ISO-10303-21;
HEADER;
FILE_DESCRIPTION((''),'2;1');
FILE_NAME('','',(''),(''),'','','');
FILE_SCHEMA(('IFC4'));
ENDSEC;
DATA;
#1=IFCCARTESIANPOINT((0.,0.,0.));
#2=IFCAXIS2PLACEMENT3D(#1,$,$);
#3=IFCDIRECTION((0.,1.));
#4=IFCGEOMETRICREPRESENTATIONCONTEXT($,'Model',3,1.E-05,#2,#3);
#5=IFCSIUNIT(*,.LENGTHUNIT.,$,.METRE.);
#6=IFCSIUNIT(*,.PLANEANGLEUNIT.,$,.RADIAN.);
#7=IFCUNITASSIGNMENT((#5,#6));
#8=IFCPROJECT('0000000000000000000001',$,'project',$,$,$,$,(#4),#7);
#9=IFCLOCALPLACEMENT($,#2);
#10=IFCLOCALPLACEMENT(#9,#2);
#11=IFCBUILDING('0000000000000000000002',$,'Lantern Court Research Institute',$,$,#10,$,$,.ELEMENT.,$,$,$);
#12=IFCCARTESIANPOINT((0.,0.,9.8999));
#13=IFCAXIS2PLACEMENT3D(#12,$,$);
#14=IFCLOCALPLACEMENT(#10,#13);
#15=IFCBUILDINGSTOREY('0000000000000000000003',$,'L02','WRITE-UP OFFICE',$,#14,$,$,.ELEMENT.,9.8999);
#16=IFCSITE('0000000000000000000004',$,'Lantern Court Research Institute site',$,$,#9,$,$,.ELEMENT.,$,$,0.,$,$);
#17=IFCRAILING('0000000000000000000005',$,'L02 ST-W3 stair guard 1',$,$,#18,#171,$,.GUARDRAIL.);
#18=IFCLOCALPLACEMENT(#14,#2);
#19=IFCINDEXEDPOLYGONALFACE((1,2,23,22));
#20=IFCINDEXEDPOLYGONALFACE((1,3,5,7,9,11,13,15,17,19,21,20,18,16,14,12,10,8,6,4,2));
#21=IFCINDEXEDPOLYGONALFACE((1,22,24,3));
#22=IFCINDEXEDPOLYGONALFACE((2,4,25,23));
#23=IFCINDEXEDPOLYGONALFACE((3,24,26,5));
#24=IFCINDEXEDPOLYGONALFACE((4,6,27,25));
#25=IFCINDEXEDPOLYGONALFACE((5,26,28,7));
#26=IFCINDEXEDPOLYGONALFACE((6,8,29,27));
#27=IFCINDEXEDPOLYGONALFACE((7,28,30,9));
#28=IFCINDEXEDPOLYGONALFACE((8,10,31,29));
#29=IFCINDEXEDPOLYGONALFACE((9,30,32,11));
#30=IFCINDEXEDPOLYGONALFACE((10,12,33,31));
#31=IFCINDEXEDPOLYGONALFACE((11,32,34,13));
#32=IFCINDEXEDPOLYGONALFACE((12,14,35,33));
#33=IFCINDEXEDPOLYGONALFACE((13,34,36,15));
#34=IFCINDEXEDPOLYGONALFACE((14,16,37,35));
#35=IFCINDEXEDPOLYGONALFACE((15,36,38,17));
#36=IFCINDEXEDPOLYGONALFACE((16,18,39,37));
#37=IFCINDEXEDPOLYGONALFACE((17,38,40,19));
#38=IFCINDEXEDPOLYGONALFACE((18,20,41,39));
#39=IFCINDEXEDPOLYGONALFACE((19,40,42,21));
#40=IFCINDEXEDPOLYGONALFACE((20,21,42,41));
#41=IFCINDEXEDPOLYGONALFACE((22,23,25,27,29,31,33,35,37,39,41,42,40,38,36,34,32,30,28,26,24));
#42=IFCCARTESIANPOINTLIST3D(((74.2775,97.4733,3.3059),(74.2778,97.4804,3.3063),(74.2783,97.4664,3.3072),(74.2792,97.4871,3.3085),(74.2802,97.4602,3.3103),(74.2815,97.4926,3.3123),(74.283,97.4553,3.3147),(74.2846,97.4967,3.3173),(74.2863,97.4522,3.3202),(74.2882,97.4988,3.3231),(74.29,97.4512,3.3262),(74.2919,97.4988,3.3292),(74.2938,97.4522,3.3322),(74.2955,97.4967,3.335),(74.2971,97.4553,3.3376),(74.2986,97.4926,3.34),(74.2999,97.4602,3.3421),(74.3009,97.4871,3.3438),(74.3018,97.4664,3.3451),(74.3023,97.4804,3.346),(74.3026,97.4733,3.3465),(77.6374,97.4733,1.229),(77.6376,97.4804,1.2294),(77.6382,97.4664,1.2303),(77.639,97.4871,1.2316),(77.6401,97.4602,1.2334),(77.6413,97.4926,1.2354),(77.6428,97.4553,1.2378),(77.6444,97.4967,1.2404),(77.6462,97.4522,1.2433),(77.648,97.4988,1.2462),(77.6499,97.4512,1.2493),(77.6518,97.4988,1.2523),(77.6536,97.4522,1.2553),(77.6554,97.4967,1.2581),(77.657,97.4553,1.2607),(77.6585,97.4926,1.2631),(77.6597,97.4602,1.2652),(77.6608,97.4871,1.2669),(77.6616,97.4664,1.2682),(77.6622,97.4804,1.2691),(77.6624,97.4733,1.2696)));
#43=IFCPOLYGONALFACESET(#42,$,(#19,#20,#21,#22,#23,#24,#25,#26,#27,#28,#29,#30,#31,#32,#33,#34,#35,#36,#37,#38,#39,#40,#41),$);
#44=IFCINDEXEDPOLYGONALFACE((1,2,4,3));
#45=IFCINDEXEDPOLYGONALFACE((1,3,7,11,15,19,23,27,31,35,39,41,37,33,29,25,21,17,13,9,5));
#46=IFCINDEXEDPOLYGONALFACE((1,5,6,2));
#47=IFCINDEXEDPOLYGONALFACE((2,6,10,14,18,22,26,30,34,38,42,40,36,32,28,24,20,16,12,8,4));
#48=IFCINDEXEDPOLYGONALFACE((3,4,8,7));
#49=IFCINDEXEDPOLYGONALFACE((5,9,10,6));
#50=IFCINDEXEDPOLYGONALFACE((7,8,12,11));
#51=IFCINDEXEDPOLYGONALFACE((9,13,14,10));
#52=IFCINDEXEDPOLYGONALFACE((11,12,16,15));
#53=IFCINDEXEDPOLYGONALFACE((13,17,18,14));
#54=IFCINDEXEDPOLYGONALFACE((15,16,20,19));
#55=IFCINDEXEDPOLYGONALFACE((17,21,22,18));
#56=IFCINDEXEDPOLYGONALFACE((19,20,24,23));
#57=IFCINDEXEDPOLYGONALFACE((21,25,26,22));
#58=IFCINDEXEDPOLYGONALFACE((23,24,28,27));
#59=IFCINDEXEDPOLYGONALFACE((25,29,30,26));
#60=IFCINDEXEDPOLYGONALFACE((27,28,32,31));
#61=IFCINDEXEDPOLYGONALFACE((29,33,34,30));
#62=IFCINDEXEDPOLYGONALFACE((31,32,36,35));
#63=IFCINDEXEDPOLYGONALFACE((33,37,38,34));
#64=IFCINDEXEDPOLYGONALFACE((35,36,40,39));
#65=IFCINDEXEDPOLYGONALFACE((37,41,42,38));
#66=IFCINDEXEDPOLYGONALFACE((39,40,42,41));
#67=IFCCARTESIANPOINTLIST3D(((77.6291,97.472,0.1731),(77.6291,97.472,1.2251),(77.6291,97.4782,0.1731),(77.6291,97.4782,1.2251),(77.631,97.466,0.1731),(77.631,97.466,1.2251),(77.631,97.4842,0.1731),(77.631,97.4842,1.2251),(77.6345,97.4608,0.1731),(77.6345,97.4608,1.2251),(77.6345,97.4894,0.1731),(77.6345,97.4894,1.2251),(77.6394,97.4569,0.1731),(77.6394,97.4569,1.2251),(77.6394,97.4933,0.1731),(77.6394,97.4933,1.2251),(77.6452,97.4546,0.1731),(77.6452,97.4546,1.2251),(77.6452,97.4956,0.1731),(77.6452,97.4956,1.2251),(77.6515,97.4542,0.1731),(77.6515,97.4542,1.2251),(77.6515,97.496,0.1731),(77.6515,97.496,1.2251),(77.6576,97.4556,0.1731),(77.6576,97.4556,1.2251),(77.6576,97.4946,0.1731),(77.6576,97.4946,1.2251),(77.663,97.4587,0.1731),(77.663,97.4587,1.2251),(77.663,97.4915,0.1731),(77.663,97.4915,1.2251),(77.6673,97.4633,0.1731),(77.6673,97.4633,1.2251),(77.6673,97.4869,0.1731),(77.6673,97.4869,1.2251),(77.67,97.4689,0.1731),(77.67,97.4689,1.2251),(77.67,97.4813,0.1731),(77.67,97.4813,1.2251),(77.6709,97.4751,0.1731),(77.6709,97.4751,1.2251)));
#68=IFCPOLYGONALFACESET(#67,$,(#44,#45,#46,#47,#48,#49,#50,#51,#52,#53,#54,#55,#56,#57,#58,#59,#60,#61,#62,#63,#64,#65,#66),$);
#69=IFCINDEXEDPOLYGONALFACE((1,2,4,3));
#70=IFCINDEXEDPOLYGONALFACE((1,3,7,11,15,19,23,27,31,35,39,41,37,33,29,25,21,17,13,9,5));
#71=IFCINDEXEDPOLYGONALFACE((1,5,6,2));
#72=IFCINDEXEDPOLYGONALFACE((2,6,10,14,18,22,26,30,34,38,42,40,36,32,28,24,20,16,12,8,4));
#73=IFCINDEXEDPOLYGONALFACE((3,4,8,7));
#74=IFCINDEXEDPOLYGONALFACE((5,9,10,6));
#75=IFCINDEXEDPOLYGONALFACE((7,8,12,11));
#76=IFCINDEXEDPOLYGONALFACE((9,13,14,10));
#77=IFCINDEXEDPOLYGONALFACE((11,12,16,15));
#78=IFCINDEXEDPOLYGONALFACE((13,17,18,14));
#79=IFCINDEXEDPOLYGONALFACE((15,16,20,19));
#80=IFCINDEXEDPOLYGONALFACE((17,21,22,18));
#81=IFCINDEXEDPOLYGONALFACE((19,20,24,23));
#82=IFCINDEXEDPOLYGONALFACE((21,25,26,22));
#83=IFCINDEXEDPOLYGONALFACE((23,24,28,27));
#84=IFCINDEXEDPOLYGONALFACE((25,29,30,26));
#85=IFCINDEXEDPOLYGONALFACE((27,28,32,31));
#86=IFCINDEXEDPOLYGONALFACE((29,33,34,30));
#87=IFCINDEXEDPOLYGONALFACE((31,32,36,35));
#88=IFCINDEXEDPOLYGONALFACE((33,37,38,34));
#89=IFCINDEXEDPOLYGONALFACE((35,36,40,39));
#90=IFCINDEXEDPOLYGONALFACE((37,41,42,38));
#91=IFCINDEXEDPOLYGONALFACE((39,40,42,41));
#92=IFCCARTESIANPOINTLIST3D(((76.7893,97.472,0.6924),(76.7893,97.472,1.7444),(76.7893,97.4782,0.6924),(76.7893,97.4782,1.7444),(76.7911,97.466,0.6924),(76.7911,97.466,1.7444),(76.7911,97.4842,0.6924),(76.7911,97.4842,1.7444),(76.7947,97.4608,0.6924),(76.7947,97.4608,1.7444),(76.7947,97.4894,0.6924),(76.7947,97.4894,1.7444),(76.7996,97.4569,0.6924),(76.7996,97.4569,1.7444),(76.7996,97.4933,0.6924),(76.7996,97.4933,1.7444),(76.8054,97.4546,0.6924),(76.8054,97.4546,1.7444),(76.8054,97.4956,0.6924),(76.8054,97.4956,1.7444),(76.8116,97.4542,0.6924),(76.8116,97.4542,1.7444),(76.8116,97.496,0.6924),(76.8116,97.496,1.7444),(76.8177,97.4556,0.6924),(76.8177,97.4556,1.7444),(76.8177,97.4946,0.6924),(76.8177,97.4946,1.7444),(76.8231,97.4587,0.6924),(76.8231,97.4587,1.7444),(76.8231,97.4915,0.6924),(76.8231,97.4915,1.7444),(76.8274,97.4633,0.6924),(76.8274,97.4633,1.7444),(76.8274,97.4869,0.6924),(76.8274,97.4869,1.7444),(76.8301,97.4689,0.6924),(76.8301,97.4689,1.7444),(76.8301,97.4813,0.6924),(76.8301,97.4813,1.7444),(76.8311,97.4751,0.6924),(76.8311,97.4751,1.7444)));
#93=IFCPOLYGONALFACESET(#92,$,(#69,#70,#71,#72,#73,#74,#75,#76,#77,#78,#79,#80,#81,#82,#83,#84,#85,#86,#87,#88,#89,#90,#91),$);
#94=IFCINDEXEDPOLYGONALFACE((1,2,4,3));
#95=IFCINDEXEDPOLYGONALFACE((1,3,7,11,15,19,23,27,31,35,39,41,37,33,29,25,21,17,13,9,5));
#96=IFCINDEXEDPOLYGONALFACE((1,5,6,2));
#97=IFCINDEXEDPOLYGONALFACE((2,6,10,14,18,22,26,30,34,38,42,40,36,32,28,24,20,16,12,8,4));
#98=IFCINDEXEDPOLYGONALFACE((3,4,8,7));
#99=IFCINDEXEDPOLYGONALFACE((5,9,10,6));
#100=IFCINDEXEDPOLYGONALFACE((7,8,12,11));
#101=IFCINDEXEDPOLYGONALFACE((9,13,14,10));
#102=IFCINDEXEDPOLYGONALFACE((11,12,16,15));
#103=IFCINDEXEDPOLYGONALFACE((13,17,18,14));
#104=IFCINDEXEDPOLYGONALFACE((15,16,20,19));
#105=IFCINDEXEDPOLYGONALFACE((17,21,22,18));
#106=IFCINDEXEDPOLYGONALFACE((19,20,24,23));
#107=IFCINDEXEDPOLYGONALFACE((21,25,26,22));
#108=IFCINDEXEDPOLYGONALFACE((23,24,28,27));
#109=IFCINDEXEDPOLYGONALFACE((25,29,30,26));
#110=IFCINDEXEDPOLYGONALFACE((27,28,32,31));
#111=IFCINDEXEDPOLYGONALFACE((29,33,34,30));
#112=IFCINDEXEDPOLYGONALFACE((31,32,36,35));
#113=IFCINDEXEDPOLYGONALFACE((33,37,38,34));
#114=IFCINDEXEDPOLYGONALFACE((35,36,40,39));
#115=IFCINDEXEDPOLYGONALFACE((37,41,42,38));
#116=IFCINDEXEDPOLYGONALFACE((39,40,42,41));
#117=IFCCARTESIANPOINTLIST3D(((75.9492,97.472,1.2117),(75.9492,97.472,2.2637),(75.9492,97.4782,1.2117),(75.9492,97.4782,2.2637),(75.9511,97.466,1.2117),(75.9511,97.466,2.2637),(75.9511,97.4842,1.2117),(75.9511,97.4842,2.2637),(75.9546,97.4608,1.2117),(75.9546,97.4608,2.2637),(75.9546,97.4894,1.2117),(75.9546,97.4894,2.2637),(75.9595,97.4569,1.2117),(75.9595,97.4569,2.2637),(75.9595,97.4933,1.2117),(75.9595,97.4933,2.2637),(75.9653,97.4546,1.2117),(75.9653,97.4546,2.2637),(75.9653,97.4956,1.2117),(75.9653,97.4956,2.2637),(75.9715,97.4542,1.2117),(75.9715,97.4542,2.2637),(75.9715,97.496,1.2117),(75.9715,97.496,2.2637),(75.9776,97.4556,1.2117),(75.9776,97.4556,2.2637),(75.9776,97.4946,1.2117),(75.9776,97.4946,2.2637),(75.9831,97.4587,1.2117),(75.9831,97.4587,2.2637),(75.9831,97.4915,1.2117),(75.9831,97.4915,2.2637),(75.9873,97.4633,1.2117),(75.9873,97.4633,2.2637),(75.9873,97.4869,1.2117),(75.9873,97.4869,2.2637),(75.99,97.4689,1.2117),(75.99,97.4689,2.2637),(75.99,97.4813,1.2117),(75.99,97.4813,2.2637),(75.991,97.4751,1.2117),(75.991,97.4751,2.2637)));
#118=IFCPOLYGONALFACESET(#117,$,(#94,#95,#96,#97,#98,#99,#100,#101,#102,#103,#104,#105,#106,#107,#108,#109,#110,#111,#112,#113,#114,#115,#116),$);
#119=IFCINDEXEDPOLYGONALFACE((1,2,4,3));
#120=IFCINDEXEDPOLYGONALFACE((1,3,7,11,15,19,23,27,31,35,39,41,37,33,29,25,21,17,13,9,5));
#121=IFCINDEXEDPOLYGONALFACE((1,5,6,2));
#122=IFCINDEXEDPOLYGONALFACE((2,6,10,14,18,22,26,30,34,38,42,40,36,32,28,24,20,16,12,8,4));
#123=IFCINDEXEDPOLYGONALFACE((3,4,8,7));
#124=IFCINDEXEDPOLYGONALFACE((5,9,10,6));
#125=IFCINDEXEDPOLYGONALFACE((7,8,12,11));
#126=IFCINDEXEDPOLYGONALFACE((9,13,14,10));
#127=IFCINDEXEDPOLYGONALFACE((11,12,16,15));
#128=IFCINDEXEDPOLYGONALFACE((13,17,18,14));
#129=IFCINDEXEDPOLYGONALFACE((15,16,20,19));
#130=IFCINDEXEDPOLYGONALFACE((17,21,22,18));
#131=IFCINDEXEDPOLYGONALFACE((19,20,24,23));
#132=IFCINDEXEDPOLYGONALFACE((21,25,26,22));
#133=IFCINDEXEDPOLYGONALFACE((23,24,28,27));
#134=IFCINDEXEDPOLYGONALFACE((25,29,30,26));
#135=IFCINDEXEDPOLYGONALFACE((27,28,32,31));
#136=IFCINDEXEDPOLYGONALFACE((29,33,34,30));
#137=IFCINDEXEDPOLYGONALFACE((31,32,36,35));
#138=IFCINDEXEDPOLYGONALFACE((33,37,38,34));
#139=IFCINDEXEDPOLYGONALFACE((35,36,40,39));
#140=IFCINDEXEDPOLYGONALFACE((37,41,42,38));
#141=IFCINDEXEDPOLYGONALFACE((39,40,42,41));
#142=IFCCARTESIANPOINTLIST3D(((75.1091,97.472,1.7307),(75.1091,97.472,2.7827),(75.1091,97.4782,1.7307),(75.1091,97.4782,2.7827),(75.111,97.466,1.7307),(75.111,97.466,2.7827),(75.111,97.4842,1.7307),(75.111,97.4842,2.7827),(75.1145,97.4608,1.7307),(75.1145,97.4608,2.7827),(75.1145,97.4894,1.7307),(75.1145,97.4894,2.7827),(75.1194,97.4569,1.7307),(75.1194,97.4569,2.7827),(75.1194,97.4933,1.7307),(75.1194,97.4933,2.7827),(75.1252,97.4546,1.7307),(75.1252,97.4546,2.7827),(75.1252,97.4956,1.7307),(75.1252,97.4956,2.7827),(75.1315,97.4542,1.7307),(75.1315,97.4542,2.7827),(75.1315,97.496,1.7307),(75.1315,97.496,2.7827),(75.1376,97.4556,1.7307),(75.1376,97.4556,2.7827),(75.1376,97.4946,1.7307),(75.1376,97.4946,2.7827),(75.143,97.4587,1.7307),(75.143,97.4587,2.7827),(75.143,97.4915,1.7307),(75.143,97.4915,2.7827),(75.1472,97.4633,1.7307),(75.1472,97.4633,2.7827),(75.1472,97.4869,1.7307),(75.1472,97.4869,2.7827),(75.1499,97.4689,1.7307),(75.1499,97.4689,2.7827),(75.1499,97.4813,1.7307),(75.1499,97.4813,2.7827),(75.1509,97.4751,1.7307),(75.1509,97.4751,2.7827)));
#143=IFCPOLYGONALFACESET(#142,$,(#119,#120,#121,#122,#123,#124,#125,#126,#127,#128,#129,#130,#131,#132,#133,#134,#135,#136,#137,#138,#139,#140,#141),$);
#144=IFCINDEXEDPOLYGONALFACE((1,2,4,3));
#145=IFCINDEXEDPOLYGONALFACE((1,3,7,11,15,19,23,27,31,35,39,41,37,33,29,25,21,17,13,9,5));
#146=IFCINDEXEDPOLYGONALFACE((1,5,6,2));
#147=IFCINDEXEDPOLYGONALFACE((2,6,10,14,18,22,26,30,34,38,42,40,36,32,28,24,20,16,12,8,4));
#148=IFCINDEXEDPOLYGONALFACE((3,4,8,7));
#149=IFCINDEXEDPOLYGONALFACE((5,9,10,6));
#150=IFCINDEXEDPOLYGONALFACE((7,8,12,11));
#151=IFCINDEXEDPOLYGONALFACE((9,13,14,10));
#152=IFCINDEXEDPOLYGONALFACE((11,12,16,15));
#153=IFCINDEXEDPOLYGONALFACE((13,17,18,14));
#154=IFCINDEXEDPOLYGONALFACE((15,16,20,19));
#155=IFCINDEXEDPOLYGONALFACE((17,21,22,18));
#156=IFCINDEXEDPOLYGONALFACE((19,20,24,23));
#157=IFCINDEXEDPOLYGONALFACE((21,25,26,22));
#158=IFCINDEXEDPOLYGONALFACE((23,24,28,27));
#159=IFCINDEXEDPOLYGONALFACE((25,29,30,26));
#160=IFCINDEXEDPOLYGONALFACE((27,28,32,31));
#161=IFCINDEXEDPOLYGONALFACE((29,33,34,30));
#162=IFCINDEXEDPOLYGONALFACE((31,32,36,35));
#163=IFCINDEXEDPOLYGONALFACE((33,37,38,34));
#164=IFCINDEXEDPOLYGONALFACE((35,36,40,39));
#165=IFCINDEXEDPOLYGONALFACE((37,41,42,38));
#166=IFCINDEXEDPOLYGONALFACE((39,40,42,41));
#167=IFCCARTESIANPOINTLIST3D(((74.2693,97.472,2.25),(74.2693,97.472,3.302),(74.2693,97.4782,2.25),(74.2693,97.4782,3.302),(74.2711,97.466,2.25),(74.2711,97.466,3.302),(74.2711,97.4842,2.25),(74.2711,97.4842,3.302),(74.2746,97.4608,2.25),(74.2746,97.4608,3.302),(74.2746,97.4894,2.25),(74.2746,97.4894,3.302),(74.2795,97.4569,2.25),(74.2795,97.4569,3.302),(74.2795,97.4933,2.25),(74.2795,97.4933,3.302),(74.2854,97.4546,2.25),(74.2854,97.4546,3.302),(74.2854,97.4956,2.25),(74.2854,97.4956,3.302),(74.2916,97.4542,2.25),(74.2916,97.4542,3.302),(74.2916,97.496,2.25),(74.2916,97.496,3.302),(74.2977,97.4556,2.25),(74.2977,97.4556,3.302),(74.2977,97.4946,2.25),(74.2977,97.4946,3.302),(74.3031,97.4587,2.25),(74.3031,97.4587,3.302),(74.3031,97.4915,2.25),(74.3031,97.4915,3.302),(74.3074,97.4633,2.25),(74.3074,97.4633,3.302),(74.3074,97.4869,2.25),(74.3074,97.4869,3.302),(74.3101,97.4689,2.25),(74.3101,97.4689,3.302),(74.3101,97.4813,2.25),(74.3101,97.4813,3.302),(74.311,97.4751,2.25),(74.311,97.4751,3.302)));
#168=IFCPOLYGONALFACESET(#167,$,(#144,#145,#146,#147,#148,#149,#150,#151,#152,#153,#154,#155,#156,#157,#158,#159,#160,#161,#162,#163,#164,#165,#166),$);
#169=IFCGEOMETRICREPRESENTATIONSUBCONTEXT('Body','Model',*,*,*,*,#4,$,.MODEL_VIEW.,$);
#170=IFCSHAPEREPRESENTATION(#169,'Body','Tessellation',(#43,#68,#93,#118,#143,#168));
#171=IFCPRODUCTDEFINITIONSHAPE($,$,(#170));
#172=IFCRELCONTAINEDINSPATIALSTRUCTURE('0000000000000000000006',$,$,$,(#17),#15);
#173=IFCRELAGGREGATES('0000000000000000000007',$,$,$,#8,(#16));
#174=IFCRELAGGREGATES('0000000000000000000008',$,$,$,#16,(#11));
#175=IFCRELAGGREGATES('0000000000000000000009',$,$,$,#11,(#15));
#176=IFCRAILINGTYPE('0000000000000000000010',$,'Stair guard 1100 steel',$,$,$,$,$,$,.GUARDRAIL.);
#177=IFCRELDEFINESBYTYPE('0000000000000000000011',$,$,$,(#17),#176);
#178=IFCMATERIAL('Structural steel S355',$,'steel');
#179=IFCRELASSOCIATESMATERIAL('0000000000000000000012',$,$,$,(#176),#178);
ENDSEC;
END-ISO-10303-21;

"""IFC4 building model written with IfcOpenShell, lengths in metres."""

from ifc_helpers import new_model, si_unit, direction, frame, origin, origin_2d, place, context, subcontext, project, spatial, circle, extrude, material, type_object, element, save


model = new_model("IFC4")

# Units and contexts
model_context = context("Model", 3, precision=1e-05, world=origin(), true_north=direction((0.0, 1.0)))
body_context = subcontext(model_context, "Body", "Model", "MODEL_VIEW")
ifc_project = project(units=[si_unit("LENGTHUNIT", "METRE"), si_unit("PLANEANGLEUNIT", "RADIAN")], contexts=[model_context])

# Site, building, storey
site_placement = place(None, origin())
site = spatial("IfcSite", under=ifc_project, at=site_placement, Name="Lantern Court Research Institute site", CompositionType="ELEMENT", RefElevation=0.0)
building_placement = place(site_placement, origin())
building = spatial("IfcBuilding", under=site, at=building_placement, Name="Lantern Court Research Institute", CompositionType="ELEMENT")
storey_placement = place(building_placement, frame((0.0, 0.0, 9.8999)))
storey = spatial("IfcBuildingStorey", under=building, at=storey_placement, Name="L02", Description="WRITE-UP OFFICE", CompositionType="ELEMENT", Elevation=9.8999)

# Railing
ifc_material_1 = material(Name="Structural steel S355", Category="steel")
railing_type_1 = type_object("IfcRailingType", Name="Stair guard 1100 steel", PredefinedType="GUARDRAIL", material=ifc_material_1)
railing_1_placement = place(storey_placement, frame((77.6499, 97.4751, 0.1731)))
element("IfcRailing", 1, at=railing_1_placement, inside=storey, type_object=railing_type_1, Name="L02 ST-W3 stair guard 1", PredefinedType="GUARDRAIL", context=body_context, shape_type="SweptSolid", body=[
    extrude(circle(Radius=0.0239, at=origin_2d()), frame((0.0, 0.0, 1.0762), z_axis=(-0.850606, 0.0, 0.525803), x_axis=(0.0, -1.0, 0.0)), (0.0, 0.0, 1.0), 3.95),
    extrude(circle(Radius=0.021, at=origin_2d()), origin(), (0.0, 0.0, 1.0), 1.052),
    extrude(circle(Radius=0.021, at=origin_2d()), frame((-0.8398, 0.0, 0.5193)), (0.0, 0.0, 1.0), 1.052),
    extrude(circle(Radius=0.021, at=origin_2d()), frame((-1.6799, 0.0, 1.0386)), (0.0, 0.0, 1.0), 1.052),
    extrude(circle(Radius=0.021, at=origin_2d()), frame((-2.52, 0.0, 1.5576)), (0.0, 0.0, 1.0), 1.052),
    extrude(circle(Radius=0.021, at=origin_2d()), frame((-3.3599, 0.0, 2.0769)), (0.0, 0.0, 1.0), 1.052),
])

save(model, "model.ifc")
